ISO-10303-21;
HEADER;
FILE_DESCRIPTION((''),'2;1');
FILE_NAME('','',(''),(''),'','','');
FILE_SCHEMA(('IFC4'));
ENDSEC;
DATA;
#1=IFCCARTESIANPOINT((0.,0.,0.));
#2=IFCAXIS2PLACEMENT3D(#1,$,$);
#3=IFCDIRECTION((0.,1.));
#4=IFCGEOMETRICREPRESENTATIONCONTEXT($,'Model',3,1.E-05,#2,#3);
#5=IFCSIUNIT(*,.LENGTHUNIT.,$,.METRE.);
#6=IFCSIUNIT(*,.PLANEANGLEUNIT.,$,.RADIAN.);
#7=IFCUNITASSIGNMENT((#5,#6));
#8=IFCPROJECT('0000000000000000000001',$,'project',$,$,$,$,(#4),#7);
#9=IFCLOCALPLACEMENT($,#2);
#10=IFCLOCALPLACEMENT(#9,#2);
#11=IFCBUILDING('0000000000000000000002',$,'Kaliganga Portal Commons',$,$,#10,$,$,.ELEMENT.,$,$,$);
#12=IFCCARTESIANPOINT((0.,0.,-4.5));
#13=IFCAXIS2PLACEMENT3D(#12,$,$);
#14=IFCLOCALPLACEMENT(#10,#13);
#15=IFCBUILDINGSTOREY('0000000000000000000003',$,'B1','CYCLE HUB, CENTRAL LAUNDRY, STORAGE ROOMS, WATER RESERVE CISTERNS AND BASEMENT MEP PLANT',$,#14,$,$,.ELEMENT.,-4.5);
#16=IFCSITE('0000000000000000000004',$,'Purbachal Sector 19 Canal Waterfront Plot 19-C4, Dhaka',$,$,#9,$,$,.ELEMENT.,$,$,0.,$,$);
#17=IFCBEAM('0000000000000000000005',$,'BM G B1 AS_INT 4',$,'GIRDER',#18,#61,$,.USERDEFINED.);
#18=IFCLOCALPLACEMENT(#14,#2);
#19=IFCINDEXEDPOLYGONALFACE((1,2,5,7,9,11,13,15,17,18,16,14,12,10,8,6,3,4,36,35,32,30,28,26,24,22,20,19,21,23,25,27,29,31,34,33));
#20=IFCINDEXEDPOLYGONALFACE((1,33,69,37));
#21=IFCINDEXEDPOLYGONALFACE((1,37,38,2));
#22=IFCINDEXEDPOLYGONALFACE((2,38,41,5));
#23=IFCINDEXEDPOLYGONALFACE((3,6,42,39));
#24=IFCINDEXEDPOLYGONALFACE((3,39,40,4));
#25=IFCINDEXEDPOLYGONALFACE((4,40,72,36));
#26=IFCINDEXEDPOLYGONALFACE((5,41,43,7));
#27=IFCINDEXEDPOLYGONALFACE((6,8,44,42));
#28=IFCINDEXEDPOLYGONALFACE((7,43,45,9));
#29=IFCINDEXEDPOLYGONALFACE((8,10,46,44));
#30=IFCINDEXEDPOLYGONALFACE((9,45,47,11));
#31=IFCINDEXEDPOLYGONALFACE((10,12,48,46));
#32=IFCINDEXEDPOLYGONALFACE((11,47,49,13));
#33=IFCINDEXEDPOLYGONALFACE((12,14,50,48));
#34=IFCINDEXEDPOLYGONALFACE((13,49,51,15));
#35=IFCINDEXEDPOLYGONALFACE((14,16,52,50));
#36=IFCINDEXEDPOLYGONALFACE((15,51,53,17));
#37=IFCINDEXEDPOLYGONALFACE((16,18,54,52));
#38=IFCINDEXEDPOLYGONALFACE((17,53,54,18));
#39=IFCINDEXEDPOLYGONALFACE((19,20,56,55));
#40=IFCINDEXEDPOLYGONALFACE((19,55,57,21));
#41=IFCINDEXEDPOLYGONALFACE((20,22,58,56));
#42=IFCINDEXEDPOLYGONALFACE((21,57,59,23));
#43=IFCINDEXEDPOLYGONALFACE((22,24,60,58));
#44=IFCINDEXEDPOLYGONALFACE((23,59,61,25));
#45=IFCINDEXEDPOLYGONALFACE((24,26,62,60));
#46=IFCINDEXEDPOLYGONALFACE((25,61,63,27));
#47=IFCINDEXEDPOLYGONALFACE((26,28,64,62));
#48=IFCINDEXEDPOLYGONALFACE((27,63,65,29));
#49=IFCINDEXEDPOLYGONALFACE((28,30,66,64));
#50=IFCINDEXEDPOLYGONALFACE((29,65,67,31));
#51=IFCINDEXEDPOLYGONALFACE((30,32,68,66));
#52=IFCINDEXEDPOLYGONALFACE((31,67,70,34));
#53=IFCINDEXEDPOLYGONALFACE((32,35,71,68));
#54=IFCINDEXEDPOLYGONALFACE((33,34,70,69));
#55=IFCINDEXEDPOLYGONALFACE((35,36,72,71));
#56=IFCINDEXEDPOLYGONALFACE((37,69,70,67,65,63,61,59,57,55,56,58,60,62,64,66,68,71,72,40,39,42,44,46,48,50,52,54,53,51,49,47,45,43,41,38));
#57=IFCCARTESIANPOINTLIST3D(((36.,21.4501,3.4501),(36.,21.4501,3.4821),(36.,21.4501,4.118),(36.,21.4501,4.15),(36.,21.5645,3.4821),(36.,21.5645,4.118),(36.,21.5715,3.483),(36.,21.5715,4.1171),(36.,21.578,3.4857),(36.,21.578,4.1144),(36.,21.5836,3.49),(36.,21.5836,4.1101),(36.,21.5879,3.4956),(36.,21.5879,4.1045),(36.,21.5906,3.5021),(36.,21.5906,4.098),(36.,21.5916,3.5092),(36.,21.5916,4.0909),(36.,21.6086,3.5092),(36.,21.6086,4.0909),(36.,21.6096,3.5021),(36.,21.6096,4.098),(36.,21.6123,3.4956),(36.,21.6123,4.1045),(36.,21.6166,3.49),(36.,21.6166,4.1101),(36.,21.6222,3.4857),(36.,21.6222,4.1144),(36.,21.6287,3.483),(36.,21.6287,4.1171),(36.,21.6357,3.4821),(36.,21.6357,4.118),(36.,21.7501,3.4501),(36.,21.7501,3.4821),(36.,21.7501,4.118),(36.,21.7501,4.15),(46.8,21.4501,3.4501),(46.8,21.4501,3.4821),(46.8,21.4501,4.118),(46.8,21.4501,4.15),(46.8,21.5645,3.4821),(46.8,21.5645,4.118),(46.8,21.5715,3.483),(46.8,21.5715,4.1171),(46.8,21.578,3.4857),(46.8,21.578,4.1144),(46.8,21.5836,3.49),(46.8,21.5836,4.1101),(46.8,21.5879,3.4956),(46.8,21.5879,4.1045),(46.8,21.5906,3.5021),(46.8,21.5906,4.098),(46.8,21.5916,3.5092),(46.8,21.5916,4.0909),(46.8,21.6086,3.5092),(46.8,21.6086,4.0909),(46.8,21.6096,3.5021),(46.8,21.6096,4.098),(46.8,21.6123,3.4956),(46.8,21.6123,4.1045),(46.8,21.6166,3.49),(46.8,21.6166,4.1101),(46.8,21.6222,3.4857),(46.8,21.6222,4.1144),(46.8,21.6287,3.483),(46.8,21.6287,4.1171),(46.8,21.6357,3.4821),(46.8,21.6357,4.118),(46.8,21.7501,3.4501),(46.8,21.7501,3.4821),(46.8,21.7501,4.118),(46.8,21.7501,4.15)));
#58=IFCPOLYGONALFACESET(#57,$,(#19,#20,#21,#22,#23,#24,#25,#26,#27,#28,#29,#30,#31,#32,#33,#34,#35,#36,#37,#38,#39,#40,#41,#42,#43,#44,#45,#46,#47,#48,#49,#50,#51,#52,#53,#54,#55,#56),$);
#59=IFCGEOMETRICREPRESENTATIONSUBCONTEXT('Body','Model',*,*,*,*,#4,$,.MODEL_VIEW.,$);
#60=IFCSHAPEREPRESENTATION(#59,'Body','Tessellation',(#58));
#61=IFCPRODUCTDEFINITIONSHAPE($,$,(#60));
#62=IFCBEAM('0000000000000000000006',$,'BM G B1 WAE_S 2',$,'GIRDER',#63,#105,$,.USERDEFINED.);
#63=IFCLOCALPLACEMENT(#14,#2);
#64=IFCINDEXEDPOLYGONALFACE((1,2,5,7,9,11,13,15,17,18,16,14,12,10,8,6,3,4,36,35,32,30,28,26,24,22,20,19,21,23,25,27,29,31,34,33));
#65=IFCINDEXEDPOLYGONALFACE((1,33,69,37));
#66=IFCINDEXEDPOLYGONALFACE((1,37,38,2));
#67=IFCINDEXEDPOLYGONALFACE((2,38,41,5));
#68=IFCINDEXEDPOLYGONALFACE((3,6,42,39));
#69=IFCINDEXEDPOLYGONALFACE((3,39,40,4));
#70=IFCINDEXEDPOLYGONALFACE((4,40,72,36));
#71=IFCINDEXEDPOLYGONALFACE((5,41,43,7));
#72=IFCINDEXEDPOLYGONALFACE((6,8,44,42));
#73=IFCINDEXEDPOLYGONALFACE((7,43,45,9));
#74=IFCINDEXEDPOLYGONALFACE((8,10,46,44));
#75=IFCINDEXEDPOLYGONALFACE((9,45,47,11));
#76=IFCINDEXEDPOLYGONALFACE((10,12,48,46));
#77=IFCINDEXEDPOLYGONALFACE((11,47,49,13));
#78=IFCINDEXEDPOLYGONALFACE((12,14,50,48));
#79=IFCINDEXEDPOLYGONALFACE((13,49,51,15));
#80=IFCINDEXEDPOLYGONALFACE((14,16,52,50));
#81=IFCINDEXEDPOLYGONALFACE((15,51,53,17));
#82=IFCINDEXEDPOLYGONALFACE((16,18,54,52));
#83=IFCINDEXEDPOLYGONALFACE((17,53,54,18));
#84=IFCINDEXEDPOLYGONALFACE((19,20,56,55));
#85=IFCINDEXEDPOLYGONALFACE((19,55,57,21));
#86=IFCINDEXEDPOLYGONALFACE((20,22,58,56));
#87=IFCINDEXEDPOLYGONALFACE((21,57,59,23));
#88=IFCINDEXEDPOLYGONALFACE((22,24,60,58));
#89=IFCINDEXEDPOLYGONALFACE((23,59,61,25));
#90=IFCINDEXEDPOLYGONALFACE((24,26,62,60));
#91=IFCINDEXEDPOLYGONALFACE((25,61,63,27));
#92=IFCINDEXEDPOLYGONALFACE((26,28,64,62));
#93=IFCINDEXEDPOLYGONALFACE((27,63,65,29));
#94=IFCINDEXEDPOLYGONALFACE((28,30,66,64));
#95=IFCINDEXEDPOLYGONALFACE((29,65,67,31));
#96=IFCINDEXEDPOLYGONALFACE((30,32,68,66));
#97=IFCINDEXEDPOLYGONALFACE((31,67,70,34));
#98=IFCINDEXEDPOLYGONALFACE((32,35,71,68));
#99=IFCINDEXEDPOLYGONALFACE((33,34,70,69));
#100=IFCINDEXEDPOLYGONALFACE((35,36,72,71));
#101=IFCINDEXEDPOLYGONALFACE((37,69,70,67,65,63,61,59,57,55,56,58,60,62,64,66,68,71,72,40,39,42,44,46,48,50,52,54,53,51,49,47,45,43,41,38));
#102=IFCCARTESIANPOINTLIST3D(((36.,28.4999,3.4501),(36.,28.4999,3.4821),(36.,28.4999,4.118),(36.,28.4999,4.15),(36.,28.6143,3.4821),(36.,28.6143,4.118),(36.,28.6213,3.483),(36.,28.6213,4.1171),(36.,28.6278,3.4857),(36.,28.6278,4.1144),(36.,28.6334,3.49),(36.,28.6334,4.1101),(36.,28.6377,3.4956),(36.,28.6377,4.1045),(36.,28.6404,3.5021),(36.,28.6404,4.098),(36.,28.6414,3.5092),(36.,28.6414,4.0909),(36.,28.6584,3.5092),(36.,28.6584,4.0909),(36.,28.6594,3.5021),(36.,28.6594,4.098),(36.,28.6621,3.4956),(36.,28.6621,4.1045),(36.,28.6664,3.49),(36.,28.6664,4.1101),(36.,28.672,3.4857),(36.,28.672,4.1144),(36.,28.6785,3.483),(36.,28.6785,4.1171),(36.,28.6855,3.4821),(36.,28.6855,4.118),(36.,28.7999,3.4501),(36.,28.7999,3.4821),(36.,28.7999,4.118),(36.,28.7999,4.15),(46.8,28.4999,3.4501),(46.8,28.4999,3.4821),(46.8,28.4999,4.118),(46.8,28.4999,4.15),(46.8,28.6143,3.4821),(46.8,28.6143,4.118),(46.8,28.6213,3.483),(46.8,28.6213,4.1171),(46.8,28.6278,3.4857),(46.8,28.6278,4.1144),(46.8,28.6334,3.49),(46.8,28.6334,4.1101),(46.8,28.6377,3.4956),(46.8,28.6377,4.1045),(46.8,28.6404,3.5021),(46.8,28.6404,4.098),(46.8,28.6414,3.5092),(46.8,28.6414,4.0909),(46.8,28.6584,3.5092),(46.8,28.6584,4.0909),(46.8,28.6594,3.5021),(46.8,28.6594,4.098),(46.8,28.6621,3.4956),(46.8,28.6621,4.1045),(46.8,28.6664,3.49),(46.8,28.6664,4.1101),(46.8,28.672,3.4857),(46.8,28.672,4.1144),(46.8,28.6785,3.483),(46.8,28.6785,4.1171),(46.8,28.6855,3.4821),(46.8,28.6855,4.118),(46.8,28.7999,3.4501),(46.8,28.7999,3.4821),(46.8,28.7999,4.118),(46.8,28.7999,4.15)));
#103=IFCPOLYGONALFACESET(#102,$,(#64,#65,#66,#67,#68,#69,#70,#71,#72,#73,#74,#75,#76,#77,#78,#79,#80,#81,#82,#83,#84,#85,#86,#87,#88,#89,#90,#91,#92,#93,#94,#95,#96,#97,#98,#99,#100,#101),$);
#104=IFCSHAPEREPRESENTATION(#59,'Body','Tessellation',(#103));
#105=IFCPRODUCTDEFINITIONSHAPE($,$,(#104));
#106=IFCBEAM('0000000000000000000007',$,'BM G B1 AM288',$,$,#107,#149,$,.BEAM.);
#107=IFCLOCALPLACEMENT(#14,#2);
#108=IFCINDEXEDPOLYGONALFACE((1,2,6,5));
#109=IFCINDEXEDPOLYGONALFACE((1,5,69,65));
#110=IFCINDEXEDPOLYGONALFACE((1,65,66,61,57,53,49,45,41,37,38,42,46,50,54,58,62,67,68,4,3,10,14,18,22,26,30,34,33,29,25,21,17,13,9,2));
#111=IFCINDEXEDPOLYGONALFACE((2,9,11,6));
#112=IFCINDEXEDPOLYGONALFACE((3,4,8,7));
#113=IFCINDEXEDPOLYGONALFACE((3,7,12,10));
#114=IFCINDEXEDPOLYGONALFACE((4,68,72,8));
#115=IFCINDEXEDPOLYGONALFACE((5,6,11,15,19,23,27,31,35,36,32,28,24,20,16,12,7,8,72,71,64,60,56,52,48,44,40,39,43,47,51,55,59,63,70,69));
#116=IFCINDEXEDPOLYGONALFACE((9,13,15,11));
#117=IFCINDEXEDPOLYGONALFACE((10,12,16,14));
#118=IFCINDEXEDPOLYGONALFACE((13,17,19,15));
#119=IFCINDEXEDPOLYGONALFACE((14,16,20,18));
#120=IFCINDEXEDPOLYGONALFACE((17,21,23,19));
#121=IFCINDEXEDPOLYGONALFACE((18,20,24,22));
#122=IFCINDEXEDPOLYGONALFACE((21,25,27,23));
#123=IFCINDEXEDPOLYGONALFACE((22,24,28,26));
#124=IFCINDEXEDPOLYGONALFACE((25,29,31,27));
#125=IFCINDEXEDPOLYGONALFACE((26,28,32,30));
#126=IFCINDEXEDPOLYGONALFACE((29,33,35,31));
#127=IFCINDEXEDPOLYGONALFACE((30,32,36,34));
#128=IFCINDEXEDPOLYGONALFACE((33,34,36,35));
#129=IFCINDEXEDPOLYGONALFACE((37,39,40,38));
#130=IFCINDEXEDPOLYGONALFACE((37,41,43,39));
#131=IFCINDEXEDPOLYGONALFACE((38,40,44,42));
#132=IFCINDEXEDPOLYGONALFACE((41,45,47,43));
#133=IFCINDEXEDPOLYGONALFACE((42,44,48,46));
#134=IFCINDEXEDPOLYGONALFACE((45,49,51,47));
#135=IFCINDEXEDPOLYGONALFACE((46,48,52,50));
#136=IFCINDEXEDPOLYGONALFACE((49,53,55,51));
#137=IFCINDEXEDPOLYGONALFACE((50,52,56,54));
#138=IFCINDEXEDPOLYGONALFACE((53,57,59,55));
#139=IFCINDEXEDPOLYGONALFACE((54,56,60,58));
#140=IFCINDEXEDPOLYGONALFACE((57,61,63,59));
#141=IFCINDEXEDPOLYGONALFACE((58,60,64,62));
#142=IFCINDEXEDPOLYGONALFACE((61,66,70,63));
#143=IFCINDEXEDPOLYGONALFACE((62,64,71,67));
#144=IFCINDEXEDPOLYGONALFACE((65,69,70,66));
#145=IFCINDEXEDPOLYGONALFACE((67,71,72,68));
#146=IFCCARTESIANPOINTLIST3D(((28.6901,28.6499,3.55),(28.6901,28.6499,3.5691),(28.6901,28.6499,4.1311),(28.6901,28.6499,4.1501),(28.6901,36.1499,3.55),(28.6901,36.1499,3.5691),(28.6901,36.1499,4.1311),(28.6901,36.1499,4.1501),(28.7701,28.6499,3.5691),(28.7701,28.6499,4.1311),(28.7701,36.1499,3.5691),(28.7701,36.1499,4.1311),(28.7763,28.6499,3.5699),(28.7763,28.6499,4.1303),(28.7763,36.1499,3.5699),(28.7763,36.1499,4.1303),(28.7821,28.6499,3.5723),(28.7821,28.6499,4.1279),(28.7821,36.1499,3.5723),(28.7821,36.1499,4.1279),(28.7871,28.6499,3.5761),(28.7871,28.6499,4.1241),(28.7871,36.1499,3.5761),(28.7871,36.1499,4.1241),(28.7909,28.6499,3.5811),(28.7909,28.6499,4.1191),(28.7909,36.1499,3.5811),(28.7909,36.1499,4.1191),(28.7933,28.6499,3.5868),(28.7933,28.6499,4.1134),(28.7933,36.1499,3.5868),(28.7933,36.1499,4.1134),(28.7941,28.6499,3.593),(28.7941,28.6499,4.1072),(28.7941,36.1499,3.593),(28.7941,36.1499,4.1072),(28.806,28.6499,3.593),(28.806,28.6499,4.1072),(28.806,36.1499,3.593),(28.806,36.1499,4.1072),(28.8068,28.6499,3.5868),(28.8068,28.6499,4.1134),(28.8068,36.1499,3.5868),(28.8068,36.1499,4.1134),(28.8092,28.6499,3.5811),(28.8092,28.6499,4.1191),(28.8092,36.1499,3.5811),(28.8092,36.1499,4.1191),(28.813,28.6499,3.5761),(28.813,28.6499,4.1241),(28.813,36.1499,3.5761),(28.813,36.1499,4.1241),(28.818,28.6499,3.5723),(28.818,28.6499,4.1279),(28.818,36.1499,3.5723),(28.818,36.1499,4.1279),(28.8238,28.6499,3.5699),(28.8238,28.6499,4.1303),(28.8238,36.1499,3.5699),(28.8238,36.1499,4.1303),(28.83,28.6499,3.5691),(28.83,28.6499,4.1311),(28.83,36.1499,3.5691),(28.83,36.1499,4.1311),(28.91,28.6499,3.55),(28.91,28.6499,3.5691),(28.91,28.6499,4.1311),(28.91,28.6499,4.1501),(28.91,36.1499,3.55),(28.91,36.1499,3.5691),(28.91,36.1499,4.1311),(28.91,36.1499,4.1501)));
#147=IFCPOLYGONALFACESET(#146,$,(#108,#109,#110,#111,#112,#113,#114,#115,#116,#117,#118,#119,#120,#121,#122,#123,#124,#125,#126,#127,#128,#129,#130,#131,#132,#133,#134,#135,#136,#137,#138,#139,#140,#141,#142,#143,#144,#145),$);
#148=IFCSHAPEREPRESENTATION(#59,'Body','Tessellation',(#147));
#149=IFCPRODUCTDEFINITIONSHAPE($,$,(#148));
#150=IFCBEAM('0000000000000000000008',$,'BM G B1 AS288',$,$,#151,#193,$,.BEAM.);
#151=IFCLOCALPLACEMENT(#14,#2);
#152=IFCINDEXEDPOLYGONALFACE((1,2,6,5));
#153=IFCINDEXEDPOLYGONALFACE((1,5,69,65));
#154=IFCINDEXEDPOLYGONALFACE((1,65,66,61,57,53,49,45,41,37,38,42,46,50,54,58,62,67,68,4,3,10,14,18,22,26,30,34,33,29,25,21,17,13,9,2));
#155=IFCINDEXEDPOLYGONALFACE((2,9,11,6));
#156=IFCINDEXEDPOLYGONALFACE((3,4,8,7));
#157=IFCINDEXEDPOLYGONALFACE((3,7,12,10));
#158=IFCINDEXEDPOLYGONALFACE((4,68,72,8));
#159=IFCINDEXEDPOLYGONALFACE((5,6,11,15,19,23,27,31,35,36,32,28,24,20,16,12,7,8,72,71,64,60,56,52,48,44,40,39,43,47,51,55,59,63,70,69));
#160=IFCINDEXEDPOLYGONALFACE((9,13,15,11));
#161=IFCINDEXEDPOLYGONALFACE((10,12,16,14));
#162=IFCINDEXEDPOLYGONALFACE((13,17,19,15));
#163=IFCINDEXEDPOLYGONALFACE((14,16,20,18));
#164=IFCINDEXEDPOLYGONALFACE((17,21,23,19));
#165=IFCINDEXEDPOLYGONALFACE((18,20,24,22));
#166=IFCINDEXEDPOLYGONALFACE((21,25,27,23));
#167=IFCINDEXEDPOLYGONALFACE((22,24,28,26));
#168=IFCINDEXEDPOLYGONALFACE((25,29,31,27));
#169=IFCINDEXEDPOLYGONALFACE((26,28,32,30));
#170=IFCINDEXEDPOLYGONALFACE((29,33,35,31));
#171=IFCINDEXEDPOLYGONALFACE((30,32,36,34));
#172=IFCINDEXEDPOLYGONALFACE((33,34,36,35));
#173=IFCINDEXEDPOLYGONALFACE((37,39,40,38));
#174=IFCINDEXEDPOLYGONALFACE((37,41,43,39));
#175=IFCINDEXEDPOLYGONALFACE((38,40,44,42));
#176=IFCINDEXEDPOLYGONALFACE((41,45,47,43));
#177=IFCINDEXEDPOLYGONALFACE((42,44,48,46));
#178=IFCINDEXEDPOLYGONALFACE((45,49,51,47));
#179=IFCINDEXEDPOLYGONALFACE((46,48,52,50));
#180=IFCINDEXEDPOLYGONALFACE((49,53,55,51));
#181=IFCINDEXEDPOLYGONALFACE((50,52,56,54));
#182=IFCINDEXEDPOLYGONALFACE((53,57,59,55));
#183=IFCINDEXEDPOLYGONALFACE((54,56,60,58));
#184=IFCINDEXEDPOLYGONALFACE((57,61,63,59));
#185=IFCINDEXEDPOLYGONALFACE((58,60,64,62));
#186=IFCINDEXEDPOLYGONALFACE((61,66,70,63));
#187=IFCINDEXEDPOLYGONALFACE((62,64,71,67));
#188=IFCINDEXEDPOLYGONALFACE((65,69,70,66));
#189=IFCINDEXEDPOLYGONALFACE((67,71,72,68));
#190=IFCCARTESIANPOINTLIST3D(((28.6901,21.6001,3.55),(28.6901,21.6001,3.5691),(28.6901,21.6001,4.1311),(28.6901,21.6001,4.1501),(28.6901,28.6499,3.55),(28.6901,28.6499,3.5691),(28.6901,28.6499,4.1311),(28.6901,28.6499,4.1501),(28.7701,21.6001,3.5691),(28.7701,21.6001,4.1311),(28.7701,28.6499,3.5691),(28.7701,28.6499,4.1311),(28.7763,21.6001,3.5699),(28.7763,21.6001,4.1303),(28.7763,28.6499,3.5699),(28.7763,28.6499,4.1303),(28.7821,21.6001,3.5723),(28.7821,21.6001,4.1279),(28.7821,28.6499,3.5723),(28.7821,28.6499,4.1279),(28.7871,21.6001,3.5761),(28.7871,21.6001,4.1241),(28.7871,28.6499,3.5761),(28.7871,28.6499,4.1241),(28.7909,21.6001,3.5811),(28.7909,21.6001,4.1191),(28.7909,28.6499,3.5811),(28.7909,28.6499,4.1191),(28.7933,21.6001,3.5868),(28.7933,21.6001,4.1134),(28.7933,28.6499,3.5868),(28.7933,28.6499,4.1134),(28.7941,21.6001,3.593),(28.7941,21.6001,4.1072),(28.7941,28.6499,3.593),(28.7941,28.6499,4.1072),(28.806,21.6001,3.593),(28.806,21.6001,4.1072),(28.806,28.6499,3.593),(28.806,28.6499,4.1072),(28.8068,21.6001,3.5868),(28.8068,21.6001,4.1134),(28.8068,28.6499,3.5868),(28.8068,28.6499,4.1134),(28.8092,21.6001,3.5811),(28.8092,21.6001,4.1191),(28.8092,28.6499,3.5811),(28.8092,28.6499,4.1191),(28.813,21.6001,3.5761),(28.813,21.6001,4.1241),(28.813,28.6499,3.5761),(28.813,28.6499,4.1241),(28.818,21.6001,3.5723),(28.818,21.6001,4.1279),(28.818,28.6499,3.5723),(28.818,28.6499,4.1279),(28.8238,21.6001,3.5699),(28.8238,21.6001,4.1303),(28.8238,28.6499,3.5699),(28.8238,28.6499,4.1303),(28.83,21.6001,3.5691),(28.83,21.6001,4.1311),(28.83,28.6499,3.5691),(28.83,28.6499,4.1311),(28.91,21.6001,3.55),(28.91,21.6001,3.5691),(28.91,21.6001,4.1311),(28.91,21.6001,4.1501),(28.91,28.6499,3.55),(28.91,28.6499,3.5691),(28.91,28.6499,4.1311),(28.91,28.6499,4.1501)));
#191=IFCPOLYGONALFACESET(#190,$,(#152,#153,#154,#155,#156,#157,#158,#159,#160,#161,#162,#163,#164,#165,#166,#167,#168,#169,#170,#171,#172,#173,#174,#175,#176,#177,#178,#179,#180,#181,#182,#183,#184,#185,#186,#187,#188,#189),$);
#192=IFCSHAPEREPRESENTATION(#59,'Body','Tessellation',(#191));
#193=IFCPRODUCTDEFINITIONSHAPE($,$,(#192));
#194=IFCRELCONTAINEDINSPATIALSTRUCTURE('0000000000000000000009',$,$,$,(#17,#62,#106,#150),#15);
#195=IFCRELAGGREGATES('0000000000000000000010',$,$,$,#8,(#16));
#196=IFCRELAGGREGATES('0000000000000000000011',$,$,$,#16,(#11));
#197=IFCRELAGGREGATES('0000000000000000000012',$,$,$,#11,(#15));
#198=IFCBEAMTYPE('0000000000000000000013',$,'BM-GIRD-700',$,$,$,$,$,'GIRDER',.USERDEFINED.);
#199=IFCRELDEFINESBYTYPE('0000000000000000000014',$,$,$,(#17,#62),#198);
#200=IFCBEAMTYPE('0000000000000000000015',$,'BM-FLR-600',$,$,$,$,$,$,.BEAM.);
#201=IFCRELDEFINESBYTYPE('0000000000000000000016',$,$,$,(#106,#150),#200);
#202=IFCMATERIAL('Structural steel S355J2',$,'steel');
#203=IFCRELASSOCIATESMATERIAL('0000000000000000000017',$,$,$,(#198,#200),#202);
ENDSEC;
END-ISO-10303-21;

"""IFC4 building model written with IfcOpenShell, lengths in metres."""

from ifc_helpers import new_model, si_unit, direction, frame, origin, origin_2d, place, context, subcontext, project, spatial, i_section, extrude, source, transform, mapped, material, material_profile, profile_set, type_object, element, save


model = new_model("IFC4")

# Units and contexts
model_context = context("Model", 3, precision=1e-05, world=origin(), true_north=direction((0.0, 1.0)))
body_context = subcontext(model_context, "Body", "Model", "MODEL_VIEW")
ifc_project = project(units=[si_unit("LENGTHUNIT", "METRE"), si_unit("PLANEANGLEUNIT", "RADIAN")], contexts=[model_context])

# Site, building, storey
site_placement = place(None, origin())
site = spatial("IfcSite", under=ifc_project, at=site_placement, Name="Purbachal Sector 19 Canal Waterfront Plot 19-C4, Dhaka", CompositionType="ELEMENT", RefElevation=0.0)
building_placement = place(site_placement, origin())
building = spatial("IfcBuilding", under=site, at=building_placement, Name="Kaliganga Portal Commons", CompositionType="ELEMENT")
storey_placement = place(building_placement, frame((0.0, 0.0, -4.5)))
storey = spatial("IfcBuildingStorey", under=building, at=storey_placement, Name="B1", Description="CYCLE HUB, CENTRAL LAUNDRY, STORAGE ROOMS, WATER RESERVE CISTERNS AND BASEMENT MEP PLANT", CompositionType="ELEMENT", Elevation=-4.5)

# Beams
ifc_material_1 = material(Name="Structural steel S355J2", Category="steel")
ifc_material_profile_1 = material_profile(ifc_material_1, i_section(OverallWidth=0.3, OverallDepth=0.7, WebThickness=0.0171, FlangeThickness=0.032, FilletRadius=0.0271, at=origin_2d()), Name="HE 700 B")
ifc_profile_set_1 = profile_set([ifc_material_profile_1], Name="Structural steel S355J2 wide-flange")
beam_type_1 = type_object("IfcBeamType", Name="BM-GIRD-700", ElementType="GIRDER", PredefinedType="USERDEFINED", material=ifc_profile_set_1)
shared_shape_1 = source(origin(), body_context, "Body", "SweptSolid", [
    extrude(i_section(OverallWidth=0.3, OverallDepth=0.7, WebThickness=0.0171, FlangeThickness=0.032, FilletRadius=0.0271, at=origin_2d()), origin(), (0.0, 0.0, 1.0), 10.8),
])
for number, where, z_axis, x_axis, name in (
    (1, (36.0, 21.6001, 3.8), (1.0, 0.0, 0.0), (0.0, 1.0, 0.0), "BM G B1 AS_INT 4"),
    (2, (36.0, 28.6499, 3.8), (1.0, 0.0, 0.0), (0.0, 1.0, 0.0), "BM G B1 WAE_S 2"),
):
    element("IfcBeam", number, at=place(storey_placement, frame(where, z_axis=z_axis, x_axis=x_axis)), inside=storey, type_object=beam_type_1, Name=name, ObjectType="GIRDER", PredefinedType="USERDEFINED", context=body_context, shape_type="MappedRepresentation", body=[
        mapped(shared_shape_1, transform((0.0, 0.0, 0.0), x_axis=(1.0, 0.0, 0.0), y_axis=(0.0, 1.0, 0.0), z_axis=(0.0, 0.0, 1.0), scale=1.0)),
    ])
ifc_material_profile_2 = material_profile(ifc_material_1, i_section(OverallWidth=0.22, OverallDepth=0.6001, WebThickness=0.012, FlangeThickness=0.019, FilletRadius=0.0239, at=origin_2d()), Name="IPE 600")
ifc_profile_set_2 = profile_set([ifc_material_profile_2], Name="Structural steel S355J2 wide-flange")
beam_type_2 = type_object("IfcBeamType", Name="BM-FLR-600", PredefinedType="BEAM", material=ifc_profile_set_2)
shared_shape_2 = source(origin(), body_context, "Body", "SweptSolid", [
    extrude(i_section(OverallWidth=0.22, OverallDepth=0.6001, WebThickness=0.012, FlangeThickness=0.019, FilletRadius=0.0239, at=origin_2d()), origin(), (0.0, 0.0, 1.0), 7.5),
])
beam_1_placement = place(storey_placement, frame((28.8, 28.6499, 3.8501), z_axis=(0.0, 1.0, 0.0), x_axis=(-1.0, 0.0, 0.0)))
element("IfcBeam", 3, at=beam_1_placement, inside=storey, type_object=beam_type_2, Name="BM G B1 AM288", PredefinedType="BEAM", context=body_context, shape_type="MappedRepresentation", body=[
    mapped(shared_shape_2, transform((0.0, 0.0, 0.0), x_axis=(1.0, 0.0, 0.0), y_axis=(0.0, 1.0, 0.0), z_axis=(0.0, 0.0, 1.0), scale=1.0)),
])
shared_shape_3 = source(origin(), body_context, "Body", "SweptSolid", [
    extrude(i_section(OverallWidth=0.22, OverallDepth=0.6001, WebThickness=0.012, FlangeThickness=0.019, FilletRadius=0.0239, at=origin_2d()), origin(), (0.0, 0.0, 1.0), 7.0498),
])
beam_2_placement = place(storey_placement, frame((28.8, 21.6001, 3.8501), z_axis=(0.0, 1.0, 0.0), x_axis=(-1.0, 0.0, 0.0)))
element("IfcBeam", 4, at=beam_2_placement, inside=storey, type_object=beam_type_2, Name="BM G B1 AS288", PredefinedType="BEAM", context=body_context, shape_type="MappedRepresentation", body=[
    mapped(shared_shape_3, transform((0.0, 0.0, 0.0), x_axis=(1.0, 0.0, 0.0), y_axis=(0.0, 1.0, 0.0), z_axis=(0.0, 0.0, 1.0), scale=1.0)),
])

save(model, "model.ifc")
